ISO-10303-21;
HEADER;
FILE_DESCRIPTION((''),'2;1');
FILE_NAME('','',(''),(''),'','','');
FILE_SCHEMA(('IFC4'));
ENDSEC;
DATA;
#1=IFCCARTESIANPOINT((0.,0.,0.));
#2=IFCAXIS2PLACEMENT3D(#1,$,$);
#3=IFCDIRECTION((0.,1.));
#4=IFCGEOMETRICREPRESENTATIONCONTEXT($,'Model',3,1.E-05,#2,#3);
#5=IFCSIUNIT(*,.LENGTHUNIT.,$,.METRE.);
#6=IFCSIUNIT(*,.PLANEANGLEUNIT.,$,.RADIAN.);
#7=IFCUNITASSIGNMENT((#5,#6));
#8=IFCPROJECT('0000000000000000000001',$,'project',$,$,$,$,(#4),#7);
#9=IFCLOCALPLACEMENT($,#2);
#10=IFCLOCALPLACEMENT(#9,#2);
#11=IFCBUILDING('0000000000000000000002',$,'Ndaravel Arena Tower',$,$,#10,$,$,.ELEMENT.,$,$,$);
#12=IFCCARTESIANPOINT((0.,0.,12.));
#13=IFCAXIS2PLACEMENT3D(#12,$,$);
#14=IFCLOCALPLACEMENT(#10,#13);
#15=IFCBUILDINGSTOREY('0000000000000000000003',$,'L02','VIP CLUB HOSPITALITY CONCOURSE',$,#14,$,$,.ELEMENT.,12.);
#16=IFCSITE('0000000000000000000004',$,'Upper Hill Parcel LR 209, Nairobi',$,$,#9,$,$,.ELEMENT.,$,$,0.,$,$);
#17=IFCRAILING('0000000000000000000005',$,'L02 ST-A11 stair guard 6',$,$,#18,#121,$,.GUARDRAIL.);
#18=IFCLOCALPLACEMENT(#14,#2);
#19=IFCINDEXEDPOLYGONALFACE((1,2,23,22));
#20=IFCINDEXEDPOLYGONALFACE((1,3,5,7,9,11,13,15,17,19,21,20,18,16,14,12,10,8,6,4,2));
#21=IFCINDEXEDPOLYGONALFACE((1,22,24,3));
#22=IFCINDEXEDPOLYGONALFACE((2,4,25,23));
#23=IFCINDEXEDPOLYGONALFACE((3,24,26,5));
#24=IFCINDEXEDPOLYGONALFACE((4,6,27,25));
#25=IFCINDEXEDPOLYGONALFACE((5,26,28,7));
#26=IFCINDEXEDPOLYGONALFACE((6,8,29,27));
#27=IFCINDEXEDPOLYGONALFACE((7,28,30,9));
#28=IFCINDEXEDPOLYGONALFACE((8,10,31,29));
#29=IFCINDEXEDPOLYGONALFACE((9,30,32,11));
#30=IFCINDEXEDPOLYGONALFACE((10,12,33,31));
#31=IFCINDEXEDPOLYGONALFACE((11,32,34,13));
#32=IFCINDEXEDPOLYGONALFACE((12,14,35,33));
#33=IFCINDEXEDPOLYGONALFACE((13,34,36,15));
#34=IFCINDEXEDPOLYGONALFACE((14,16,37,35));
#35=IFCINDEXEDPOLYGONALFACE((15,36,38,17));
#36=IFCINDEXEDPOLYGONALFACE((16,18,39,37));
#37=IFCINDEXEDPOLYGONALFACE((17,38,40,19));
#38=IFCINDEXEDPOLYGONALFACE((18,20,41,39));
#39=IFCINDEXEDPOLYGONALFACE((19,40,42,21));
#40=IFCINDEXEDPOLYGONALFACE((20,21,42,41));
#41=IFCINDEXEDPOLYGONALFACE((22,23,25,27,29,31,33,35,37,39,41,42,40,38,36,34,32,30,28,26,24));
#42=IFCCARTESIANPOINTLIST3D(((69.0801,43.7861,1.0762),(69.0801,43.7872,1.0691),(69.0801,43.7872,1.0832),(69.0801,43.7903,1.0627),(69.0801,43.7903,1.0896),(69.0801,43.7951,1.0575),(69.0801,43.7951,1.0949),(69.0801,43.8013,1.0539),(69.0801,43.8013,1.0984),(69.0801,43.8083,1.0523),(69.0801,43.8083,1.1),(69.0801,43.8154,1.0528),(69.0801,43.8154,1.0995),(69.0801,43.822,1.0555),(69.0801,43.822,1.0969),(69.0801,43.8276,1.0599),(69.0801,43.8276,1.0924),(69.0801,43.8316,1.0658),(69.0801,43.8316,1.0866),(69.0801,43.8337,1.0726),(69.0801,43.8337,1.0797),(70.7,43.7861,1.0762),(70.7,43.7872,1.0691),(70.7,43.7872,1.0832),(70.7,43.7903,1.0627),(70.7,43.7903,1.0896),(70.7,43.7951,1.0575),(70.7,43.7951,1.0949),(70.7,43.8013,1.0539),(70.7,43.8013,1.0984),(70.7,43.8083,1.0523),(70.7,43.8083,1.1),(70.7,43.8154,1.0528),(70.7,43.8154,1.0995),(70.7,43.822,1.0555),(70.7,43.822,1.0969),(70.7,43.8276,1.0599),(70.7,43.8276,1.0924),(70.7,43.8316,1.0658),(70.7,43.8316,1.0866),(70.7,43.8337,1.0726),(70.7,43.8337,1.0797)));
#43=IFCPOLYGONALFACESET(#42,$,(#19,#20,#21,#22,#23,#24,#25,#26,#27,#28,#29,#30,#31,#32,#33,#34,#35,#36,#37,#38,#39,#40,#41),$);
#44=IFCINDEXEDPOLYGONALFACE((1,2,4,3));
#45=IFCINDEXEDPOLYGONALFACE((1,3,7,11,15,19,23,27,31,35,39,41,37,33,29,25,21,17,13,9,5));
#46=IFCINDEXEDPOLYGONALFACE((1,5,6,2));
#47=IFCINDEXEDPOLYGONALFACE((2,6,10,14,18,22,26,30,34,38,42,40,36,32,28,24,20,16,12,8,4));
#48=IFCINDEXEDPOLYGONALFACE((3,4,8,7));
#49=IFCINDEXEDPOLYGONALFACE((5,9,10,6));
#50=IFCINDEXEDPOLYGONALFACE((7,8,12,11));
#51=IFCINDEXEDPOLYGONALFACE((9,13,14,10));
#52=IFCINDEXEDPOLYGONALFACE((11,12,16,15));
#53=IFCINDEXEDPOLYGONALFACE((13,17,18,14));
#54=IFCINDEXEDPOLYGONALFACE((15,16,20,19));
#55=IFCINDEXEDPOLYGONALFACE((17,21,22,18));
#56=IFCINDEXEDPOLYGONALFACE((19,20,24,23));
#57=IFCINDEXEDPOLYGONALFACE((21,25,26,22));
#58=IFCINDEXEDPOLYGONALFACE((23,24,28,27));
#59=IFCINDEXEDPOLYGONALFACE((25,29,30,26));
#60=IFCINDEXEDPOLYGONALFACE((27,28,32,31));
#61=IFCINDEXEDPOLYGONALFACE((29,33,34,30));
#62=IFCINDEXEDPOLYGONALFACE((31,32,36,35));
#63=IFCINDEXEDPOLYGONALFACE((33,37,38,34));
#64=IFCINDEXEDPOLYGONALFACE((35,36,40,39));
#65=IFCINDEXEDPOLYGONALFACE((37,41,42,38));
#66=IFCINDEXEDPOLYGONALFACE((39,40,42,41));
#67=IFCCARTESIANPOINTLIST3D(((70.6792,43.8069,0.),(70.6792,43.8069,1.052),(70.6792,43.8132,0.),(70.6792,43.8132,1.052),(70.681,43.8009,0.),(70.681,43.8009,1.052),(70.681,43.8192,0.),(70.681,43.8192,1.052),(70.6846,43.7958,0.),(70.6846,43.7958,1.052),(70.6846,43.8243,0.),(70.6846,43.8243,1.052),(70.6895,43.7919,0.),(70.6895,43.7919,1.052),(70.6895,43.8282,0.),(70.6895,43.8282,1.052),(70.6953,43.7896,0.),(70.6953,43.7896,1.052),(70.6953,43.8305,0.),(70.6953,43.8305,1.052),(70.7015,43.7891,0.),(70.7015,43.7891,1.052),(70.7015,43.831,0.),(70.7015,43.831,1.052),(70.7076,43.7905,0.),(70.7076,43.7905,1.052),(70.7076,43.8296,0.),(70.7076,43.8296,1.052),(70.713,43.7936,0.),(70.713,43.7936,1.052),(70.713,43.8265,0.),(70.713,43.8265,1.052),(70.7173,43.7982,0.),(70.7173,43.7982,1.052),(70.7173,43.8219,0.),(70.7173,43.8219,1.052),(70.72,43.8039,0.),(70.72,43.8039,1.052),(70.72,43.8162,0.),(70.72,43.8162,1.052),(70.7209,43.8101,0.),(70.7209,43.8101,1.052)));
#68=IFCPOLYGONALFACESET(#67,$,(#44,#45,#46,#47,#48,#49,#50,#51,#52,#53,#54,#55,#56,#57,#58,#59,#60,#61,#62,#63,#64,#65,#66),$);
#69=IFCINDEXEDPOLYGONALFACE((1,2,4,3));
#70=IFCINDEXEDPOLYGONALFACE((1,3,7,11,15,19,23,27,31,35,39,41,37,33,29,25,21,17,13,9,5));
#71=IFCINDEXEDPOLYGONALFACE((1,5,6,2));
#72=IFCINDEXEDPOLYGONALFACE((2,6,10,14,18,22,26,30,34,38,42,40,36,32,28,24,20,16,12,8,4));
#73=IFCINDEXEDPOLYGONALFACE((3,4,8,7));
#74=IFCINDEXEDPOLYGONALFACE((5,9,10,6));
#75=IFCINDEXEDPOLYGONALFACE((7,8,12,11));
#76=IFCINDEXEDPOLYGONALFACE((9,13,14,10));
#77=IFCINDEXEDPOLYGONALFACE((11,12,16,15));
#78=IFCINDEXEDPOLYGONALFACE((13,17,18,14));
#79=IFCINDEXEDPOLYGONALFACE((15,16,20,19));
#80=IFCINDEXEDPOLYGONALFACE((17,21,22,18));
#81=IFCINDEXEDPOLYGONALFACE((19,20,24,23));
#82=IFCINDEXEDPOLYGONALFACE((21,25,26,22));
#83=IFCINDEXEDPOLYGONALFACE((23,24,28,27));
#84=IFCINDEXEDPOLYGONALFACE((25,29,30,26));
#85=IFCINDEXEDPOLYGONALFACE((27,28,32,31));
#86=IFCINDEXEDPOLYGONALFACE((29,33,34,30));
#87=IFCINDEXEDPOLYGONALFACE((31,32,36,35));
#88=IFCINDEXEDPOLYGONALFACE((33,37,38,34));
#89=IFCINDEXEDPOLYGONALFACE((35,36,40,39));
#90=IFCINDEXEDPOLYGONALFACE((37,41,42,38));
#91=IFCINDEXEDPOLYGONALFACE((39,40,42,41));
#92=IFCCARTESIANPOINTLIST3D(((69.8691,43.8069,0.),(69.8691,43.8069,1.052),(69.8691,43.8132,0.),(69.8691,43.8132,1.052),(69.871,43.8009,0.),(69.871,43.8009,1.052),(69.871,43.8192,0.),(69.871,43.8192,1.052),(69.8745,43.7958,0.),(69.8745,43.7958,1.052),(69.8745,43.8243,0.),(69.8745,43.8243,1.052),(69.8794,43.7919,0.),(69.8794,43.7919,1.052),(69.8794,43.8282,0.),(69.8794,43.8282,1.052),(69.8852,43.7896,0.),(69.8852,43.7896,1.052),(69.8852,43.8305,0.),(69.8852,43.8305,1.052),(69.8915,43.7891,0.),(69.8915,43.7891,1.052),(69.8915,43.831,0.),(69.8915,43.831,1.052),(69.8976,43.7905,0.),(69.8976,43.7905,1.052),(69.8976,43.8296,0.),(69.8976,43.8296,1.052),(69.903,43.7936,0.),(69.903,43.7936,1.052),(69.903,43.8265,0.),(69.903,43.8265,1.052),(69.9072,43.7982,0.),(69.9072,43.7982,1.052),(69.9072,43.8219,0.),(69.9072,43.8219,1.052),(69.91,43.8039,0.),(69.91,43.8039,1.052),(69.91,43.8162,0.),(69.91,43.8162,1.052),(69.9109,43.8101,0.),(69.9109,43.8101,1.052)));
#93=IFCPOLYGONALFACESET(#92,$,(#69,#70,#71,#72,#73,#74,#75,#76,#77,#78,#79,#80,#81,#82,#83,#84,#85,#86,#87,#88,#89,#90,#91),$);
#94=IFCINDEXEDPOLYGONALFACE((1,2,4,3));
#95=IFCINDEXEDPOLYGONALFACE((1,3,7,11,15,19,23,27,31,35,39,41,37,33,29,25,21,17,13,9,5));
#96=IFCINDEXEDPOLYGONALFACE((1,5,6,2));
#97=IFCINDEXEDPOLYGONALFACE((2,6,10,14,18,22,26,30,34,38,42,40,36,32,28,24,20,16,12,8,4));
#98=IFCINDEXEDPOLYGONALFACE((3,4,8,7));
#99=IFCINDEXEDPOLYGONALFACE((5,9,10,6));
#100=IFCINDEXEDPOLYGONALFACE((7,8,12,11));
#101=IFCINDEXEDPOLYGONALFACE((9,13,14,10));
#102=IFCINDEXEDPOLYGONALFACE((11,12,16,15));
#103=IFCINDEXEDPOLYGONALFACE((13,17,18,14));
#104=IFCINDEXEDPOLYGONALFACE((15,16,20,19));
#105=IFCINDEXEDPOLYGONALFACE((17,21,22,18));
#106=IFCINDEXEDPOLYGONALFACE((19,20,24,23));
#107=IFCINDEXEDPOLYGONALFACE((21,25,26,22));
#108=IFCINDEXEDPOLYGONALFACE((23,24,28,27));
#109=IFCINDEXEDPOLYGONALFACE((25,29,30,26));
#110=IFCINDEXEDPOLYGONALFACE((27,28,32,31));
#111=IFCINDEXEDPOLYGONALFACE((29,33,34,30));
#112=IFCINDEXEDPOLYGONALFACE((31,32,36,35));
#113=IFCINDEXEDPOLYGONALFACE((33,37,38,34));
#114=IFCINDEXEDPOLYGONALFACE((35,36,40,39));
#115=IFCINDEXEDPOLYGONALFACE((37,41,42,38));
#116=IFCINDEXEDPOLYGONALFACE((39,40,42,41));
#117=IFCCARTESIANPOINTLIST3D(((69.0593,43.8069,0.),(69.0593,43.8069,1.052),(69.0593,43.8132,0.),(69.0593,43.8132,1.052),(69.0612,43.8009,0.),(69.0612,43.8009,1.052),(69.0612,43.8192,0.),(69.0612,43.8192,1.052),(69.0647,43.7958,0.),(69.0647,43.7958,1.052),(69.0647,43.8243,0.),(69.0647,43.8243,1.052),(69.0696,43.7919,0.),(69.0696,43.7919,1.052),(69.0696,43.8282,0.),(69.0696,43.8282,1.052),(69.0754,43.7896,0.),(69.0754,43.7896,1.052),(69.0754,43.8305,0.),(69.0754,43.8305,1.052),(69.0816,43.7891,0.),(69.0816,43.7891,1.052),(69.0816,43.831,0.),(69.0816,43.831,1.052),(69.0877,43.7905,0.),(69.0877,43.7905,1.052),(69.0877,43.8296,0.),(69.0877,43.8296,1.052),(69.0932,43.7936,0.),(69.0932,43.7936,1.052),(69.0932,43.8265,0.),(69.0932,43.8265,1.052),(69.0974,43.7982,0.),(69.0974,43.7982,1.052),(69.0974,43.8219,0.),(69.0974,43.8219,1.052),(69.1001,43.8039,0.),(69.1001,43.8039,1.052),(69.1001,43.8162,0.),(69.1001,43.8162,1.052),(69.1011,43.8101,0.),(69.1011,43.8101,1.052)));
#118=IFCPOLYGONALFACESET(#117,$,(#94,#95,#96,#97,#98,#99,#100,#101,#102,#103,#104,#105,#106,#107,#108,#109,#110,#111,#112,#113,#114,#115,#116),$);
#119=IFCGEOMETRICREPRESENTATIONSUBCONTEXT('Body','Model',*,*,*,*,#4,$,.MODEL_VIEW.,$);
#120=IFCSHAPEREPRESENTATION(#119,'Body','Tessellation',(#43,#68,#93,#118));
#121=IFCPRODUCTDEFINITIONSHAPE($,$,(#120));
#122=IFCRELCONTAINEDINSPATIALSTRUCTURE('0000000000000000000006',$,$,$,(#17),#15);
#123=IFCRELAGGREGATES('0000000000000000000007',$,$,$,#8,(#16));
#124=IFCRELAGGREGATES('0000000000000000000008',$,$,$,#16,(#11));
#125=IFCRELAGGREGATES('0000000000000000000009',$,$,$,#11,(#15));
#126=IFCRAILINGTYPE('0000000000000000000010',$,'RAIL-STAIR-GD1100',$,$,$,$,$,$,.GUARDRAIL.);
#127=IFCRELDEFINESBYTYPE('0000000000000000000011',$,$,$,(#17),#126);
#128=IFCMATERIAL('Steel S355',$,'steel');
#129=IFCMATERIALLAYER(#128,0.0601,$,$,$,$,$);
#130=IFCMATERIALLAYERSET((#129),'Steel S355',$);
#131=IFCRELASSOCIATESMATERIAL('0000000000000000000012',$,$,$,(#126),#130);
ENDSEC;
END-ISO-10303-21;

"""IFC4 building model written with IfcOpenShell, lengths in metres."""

from ifc_helpers import new_model, si_unit, direction, frame, origin, origin_2d, place, context, subcontext, project, spatial, circle, extrude, material, layer, layer_set, type_object, element, save


model = new_model("IFC4")

# Units and contexts
model_context = context("Model", 3, precision=1e-05, world=origin(), true_north=direction((0.0, 1.0)))
body_context = subcontext(model_context, "Body", "Model", "MODEL_VIEW")
ifc_project = project(units=[si_unit("LENGTHUNIT", "METRE"), si_unit("PLANEANGLEUNIT", "RADIAN")], contexts=[model_context])

# Site, building, storey
site_placement = place(None, origin())
site = spatial("IfcSite", under=ifc_project, at=site_placement, Name="Upper Hill Parcel LR 209, Nairobi", CompositionType="ELEMENT", RefElevation=0.0)
building_placement = place(site_placement, origin())
building = spatial("IfcBuilding", under=site, at=building_placement, Name="Ndaravel Arena Tower", CompositionType="ELEMENT")
storey_placement = place(building_placement, frame((0.0, 0.0, 12.0)))
storey = spatial("IfcBuildingStorey", under=building, at=storey_placement, Name="L02", Description="VIP CLUB HOSPITALITY CONCOURSE", CompositionType="ELEMENT", Elevation=12.0)

# Railing
ifc_material_1 = material(Name="Steel S355", Category="steel")
ifc_layer_1 = layer(ifc_material_1, 0.0601)
ifc_layer_set_1 = layer_set([ifc_layer_1], Name="Steel S355")
railing_type_1 = type_object("IfcRailingType", Name="RAIL-STAIR-GD1100", PredefinedType="GUARDRAIL", material=ifc_layer_set_1)
for number, where, name in (
    (1, (70.7, 43.8101, 0.0), "L02 ST-A11 stair guard 6"),
):
    element("IfcRailing", number, at=place(storey_placement, frame(where)), inside=storey, type_object=railing_type_1, Name=name, PredefinedType="GUARDRAIL", context=body_context, shape_type="SweptSolid", body=[
        extrude(circle(Radius=0.0239, at=origin_2d()), frame((0.0, 0.0, 1.0762), z_axis=(-1.0, 0.0, 0.0), x_axis=(0.0, -1.0, 0.0)), (0.0, 0.0, 1.0), 1.6199),
        extrude(circle(Radius=0.021, at=origin_2d()), origin(), (0.0, 0.0, 1.0), 1.052),
        extrude(circle(Radius=0.021, at=origin_2d()), frame((-0.8101, 0.0, 0.0)), (0.0, 0.0, 1.0), 1.052),
        extrude(circle(Radius=0.021, at=origin_2d()), frame((-1.6199, 0.0, 0.0)), (0.0, 0.0, 1.0), 1.052),
    ])

save(model, "model.ifc")
